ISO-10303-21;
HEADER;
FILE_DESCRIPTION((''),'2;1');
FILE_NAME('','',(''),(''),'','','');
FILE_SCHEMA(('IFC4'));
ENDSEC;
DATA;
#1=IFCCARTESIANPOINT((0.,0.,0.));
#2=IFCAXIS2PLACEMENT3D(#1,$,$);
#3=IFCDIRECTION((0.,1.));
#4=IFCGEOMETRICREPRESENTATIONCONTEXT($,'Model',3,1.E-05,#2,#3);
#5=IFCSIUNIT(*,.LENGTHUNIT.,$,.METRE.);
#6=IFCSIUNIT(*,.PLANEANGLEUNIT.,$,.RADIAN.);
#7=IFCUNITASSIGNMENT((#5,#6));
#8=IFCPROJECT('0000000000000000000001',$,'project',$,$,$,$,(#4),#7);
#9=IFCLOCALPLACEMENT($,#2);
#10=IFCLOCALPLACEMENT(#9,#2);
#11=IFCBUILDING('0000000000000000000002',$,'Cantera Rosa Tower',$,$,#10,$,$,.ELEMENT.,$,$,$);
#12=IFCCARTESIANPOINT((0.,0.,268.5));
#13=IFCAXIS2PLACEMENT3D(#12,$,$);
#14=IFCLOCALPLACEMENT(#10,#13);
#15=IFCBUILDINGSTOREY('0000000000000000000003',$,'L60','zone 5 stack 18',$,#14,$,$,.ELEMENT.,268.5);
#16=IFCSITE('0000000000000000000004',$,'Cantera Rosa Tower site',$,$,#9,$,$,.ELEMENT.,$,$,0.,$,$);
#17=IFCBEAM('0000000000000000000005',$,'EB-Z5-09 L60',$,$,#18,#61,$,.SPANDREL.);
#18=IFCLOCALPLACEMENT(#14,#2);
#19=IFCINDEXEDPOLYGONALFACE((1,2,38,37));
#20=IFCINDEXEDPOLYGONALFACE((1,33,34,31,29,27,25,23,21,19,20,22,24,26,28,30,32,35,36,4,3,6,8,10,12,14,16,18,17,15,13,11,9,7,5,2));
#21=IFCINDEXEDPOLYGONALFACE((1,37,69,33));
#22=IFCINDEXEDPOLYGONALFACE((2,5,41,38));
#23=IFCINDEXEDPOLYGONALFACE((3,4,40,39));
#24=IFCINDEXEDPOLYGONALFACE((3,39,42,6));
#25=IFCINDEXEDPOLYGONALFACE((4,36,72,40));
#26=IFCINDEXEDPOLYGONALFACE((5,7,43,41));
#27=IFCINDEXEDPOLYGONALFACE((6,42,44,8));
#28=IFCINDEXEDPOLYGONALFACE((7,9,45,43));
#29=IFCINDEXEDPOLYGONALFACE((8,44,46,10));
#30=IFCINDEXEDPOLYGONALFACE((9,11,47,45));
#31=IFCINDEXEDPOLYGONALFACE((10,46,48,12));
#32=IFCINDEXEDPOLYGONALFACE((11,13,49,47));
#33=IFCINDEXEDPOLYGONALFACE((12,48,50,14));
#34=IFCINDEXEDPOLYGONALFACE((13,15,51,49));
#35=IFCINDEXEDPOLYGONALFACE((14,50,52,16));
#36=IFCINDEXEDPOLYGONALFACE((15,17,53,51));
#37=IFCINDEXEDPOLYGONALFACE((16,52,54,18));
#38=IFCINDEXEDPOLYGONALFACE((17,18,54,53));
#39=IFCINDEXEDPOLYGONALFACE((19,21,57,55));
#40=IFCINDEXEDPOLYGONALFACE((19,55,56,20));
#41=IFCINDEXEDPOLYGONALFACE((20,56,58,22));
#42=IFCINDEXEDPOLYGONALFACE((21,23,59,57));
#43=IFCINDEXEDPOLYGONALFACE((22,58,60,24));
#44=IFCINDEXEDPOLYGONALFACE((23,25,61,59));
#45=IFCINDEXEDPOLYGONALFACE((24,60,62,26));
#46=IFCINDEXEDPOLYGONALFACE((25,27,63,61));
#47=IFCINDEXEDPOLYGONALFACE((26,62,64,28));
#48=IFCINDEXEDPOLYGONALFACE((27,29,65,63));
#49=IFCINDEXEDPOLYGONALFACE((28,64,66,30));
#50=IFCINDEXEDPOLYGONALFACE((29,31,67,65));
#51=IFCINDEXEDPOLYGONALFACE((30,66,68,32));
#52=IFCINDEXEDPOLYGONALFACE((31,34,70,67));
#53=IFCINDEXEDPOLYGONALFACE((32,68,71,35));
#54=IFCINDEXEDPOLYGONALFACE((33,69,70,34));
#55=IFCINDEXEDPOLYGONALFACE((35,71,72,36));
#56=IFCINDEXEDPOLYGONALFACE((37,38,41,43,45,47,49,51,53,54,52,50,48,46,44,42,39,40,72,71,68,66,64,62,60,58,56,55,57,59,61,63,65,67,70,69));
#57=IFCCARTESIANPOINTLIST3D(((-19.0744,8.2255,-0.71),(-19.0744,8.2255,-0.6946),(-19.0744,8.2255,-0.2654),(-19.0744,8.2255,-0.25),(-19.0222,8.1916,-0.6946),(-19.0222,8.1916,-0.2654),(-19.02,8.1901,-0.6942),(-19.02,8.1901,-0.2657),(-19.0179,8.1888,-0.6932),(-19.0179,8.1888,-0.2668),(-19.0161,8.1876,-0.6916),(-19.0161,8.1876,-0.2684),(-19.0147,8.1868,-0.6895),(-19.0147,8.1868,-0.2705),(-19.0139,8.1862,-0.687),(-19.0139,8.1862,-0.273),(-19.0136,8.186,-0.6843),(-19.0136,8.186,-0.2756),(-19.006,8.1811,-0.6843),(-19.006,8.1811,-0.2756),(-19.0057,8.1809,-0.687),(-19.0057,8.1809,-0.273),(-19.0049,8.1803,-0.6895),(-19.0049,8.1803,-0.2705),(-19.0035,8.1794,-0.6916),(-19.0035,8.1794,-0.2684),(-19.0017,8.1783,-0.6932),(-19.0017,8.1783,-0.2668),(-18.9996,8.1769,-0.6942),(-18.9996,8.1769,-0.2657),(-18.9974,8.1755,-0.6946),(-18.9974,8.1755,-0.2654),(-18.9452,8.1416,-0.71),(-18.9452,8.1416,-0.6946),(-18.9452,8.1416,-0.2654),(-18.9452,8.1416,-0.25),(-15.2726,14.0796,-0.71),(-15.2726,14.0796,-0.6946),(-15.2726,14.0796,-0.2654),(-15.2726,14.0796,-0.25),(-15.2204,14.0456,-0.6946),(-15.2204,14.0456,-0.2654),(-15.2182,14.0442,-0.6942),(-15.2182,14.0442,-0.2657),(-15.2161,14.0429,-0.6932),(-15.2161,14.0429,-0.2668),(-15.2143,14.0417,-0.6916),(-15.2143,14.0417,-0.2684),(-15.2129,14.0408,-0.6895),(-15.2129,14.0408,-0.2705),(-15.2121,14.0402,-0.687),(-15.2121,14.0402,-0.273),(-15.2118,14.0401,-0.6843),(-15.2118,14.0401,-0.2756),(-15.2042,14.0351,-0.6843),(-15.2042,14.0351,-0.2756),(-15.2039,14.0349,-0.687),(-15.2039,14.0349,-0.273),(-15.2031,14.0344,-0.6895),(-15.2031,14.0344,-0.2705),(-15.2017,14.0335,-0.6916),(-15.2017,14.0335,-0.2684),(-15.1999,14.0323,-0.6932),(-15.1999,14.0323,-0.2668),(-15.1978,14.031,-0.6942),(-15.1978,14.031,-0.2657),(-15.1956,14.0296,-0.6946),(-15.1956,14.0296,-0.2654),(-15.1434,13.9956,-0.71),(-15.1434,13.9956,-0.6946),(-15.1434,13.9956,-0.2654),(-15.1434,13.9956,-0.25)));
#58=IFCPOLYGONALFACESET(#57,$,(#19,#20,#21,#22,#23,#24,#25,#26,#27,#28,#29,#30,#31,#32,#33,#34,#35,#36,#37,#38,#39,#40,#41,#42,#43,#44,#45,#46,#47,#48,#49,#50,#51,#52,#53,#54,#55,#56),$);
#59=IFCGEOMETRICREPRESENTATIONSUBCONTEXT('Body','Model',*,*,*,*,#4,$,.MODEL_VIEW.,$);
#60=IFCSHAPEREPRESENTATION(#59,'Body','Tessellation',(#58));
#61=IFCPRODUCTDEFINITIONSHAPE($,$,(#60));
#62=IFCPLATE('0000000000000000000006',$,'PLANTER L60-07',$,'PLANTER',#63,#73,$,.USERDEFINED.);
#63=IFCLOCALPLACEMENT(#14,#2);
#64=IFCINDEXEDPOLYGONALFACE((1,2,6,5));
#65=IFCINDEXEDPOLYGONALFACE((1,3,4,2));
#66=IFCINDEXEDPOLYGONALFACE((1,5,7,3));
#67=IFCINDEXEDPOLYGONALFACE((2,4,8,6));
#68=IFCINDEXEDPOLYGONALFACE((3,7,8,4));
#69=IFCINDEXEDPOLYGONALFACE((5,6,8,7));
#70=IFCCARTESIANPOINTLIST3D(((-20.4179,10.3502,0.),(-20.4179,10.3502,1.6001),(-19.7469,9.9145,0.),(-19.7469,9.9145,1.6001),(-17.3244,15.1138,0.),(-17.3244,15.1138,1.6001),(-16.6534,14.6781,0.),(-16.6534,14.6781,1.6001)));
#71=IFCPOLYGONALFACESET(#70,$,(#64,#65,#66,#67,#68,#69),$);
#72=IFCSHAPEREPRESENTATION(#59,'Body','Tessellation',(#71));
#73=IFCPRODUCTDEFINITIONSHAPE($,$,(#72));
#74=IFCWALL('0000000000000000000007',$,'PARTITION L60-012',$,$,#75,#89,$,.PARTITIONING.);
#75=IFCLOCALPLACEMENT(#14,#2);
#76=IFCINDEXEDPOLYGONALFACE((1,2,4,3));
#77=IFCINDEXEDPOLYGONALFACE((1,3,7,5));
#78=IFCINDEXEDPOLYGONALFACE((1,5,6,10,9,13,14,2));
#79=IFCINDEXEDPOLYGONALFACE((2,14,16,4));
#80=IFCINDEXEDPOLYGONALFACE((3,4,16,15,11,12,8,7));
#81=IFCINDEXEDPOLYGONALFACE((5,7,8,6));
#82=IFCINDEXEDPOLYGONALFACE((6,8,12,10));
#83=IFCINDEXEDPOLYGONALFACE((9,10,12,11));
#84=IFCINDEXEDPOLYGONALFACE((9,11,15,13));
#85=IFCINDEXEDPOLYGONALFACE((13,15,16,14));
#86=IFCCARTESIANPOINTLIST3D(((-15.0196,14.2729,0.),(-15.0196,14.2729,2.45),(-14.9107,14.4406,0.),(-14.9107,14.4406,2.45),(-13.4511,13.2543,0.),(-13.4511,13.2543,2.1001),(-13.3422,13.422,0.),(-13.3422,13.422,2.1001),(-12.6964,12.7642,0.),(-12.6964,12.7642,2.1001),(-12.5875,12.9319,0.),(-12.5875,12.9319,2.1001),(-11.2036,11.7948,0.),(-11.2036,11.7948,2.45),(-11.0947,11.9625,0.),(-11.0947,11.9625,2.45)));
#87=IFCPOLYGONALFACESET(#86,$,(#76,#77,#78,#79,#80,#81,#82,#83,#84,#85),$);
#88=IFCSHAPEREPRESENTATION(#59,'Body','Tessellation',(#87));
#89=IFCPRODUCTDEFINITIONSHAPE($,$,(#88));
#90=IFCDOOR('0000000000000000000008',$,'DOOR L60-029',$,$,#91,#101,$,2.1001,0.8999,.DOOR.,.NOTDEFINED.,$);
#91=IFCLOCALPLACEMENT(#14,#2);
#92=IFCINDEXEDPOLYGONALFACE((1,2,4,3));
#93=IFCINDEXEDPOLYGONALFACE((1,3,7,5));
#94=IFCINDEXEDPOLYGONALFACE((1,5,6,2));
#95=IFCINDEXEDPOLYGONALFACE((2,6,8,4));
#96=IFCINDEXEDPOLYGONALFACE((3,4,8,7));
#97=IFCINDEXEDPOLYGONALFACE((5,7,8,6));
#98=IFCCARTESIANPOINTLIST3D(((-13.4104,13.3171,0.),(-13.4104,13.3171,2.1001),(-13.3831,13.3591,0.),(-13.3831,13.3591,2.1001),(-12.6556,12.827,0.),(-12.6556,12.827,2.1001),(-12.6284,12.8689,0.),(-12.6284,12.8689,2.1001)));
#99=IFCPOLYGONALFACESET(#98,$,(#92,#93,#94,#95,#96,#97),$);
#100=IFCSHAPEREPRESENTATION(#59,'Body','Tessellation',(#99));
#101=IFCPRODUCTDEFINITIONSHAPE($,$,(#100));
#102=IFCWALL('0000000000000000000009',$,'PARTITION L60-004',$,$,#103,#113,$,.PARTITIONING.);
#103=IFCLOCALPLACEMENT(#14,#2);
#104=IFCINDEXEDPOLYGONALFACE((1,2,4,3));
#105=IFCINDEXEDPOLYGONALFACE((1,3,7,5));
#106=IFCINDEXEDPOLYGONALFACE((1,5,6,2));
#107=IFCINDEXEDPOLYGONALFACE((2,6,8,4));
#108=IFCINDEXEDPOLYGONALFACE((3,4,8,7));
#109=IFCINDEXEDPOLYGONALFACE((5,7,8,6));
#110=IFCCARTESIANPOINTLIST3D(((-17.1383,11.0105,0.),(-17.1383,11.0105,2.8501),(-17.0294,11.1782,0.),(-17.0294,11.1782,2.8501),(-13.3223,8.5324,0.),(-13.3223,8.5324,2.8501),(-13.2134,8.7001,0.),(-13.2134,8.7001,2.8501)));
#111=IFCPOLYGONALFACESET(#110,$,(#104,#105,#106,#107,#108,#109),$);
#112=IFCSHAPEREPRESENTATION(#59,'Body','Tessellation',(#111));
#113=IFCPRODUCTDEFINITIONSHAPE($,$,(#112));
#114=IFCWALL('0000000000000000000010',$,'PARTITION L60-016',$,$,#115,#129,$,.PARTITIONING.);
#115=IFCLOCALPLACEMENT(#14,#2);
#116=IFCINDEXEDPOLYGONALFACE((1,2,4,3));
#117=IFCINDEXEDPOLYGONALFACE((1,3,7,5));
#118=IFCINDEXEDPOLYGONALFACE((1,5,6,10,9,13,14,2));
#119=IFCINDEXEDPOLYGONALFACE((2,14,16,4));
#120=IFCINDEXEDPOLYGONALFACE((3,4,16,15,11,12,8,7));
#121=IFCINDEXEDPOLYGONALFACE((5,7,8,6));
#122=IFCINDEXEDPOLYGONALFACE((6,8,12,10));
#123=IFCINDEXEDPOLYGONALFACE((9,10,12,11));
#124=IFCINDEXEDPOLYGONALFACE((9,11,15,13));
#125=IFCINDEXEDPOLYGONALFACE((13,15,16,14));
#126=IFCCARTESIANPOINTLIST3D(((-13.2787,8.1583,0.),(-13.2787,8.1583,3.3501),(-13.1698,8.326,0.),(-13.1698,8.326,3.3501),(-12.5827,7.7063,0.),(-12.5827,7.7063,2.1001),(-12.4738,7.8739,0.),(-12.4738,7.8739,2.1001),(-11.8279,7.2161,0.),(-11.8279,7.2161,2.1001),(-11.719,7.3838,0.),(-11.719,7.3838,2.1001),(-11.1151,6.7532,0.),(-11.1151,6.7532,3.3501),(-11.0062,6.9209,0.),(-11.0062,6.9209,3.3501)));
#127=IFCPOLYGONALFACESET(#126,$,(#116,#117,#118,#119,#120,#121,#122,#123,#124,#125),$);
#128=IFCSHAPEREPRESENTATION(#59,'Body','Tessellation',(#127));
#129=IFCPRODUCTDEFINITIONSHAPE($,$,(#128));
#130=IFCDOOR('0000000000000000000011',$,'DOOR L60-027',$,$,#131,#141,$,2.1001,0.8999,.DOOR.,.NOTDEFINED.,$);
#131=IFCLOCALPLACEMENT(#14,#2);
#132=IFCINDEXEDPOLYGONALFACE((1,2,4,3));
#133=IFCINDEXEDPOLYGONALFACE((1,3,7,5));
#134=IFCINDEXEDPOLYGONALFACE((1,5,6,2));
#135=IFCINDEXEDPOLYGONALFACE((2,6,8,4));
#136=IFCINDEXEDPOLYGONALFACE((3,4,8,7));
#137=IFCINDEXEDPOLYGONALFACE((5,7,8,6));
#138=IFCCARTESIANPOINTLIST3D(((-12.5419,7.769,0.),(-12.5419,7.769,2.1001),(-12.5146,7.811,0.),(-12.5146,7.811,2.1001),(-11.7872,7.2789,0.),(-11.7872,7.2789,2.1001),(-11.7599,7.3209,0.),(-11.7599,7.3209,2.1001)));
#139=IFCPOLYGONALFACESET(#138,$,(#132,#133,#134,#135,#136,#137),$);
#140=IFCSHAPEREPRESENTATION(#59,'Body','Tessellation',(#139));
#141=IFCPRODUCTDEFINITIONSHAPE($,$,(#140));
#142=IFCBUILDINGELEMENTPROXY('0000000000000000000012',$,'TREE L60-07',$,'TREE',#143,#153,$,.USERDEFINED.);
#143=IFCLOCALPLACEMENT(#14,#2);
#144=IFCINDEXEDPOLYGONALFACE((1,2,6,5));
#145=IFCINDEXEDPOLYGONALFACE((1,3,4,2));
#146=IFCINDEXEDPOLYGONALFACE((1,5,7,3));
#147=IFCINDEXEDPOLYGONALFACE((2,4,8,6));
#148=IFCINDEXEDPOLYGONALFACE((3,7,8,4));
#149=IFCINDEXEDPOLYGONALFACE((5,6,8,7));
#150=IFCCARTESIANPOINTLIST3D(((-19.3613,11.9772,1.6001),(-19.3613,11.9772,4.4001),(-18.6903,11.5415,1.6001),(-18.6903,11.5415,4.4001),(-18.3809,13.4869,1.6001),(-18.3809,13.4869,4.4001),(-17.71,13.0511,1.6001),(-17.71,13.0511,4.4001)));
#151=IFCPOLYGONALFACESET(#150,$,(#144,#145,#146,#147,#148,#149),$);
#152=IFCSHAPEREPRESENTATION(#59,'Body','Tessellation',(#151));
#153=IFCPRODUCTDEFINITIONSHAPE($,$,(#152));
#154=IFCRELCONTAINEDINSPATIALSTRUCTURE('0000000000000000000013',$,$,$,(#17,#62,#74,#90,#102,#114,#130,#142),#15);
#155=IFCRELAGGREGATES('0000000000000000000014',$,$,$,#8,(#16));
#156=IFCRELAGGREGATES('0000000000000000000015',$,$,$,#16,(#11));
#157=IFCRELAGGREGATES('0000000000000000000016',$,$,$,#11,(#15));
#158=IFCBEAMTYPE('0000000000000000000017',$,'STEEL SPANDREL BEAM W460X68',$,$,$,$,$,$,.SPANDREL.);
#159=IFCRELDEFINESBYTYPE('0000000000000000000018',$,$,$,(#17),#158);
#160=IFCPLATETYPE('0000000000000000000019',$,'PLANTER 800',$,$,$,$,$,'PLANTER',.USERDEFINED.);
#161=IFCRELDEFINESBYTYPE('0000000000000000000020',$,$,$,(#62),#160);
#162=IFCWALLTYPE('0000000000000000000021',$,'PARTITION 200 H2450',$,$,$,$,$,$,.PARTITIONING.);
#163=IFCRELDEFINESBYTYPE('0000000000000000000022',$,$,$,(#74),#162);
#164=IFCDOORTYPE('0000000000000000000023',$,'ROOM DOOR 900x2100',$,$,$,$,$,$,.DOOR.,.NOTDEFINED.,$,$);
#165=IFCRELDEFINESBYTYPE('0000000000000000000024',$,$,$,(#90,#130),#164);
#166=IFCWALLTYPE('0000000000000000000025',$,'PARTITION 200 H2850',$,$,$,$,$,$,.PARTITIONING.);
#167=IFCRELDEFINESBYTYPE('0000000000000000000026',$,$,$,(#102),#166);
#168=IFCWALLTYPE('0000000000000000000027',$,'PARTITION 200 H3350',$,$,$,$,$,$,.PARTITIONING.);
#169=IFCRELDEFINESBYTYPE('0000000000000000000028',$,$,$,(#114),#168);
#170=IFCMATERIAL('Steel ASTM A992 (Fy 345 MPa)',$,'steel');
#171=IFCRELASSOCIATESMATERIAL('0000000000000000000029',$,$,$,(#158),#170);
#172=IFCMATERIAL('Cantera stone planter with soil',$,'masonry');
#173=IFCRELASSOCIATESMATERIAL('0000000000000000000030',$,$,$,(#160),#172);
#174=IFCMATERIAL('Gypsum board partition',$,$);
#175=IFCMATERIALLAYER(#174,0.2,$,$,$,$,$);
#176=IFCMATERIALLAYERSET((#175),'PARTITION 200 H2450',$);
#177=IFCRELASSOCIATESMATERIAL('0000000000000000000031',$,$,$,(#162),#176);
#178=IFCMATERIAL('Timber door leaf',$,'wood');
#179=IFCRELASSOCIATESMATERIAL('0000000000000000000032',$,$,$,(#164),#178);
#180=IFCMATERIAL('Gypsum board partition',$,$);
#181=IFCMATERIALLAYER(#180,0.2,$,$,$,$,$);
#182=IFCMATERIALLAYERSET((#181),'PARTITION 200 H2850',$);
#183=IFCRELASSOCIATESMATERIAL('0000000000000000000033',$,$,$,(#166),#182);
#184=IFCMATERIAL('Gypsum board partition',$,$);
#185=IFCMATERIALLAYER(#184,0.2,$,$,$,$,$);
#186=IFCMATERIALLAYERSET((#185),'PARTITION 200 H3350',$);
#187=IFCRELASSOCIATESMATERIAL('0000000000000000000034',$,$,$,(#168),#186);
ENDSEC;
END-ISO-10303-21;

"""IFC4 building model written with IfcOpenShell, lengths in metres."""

from ifc_helpers import new_model, si_unit, direction, frame, frame_2d, origin, origin_2d, place, context, subcontext, project, spatial, rectangle, i_section, extrude, material, layer, layer_set, material_profile, profile_set, type_object, element, fill, save


model = new_model("IFC4")

# Units and contexts
model_context = context("Model", 3, precision=1e-05, world=origin(), true_north=direction((0.0, 1.0)))
body_context = subcontext(model_context, "Body", "Model", "MODEL_VIEW")
ifc_project = project(units=[si_unit("LENGTHUNIT", "METRE"), si_unit("PLANEANGLEUNIT", "RADIAN")], contexts=[model_context])

# Site, building, storey
site_placement = place(None, origin())
site = spatial("IfcSite", under=ifc_project, at=site_placement, Name="Cantera Rosa Tower site", CompositionType="ELEMENT", RefElevation=0.0)
building_placement = place(site_placement, origin())
building = spatial("IfcBuilding", under=site, at=building_placement, Name="Cantera Rosa Tower", CompositionType="ELEMENT")
storey_placement = place(building_placement, frame((0.0, 0.0, 268.5)))
storey = spatial("IfcBuildingStorey", under=building, at=storey_placement, Name="L60", Description="zone 5 stack 18", CompositionType="ELEMENT", Elevation=268.5)

# Beam
ifc_material_1 = material(Name="Steel ASTM A992 (Fy 345 MPa)", Category="steel")
ifc_material_profile_1 = material_profile(ifc_material_1, i_section(OverallWidth=0.1541, OverallDepth=0.46, WebThickness=0.009, FlangeThickness=0.0154, FilletRadius=0.0103, at=origin_2d()), Name="W460X68")
ifc_profile_set_1 = profile_set([ifc_material_profile_1], Name="Steel ASTM A992 (Fy 345 MPa)")
beam_type_1 = type_object("IfcBeamType", Name="STEEL SPANDREL BEAM W460X68", PredefinedType="SPANDREL", material=ifc_profile_set_1)
beam_1_placement = place(storey_placement, frame((-15.208, 14.0376, -0.48), z_axis=(-0.544651, -0.838663, 0.0), x_axis=(0.838663, -0.544651, 0.0)))
element("IfcBeam", 1, at=beam_1_placement, inside=storey, type_object=beam_type_1, Name="EB-Z5-09 L60", PredefinedType="SPANDREL", context=body_context, shape_type="SweptSolid", body=[
    extrude(i_section(OverallWidth=0.1541, OverallDepth=0.46, WebThickness=0.009, FlangeThickness=0.0154, FilletRadius=0.0103, at=origin_2d()), origin(), (0.0, 0.0, 1.0), 6.9802),
])

# Plate
ifc_material_2 = material(Name="Cantera stone planter with soil", Category="masonry")
plate_type = type_object("IfcPlateType", Name="PLANTER 800", ElementType="PLANTER", PredefinedType="USERDEFINED", material=ifc_material_2)
plate_placement = place(storey_placement, frame((-18.5356, 12.5142, 0.0), z_axis=(0.0, 0.0, 1.0), x_axis=(-0.544639, -0.838671, 0.0)))
element("IfcPlate", 2, at=plate_placement, inside=storey, type_object=plate_type, Name="PLANTER L60-07", ObjectType="PLANTER", PredefinedType="USERDEFINED", context=body_context, shape_type="SweptSolid", body=[
    extrude(rectangle(XDim=5.6799, YDim=0.8, at=origin_2d()), origin(), (0.0, 0.0, 1.0), 1.6001),
])

# Wall, opening, door
ifc_material_3 = material(Name="Gypsum board partition")
ifc_layer_1 = layer(ifc_material_3, 0.2)
ifc_layer_set_1 = layer_set([ifc_layer_1], Name="PARTITION 200 H2450")
wall_type_1 = type_object("IfcWallType", Name="PARTITION 200 H2450", PredefinedType="PARTITIONING", material=ifc_layer_set_1)
wall_1_placement = place(storey_placement, frame((-14.9651, 14.3567, 0.0), z_axis=(0.0, 0.0, 1.0), x_axis=(0.838676, -0.54463, 0.0)))
wall_1 = element("IfcWall", 3, at=wall_1_placement, inside=storey, type_object=wall_type_1, Name="PARTITION L60-012", PredefinedType="PARTITIONING", context=body_context, shape_type="SweptSolid", body=[
    extrude(rectangle(XDim=4.55, YDim=0.2, at=frame_2d((2.2749, 0.0))), origin(), (0.0, 0.0, 1.0), 2.45),
])
opening_1_placement = place(wall_1_placement, frame((1.8701, 0.0, 0.0)))
opening_1 = element("IfcOpeningElement", 4, at=opening_1_placement, cuts=wall_1, PredefinedType="OPENING", context=body_context, shape_type="SweptSolid", body=[
    extrude(rectangle(XDim=0.8999, YDim=2.1001, at=frame_2d((0.45, 1.05))), frame((0.0, 0.1099, 0.0), z_axis=(0.0, -1.0, 0.0), x_axis=(1.0, 0.0, 0.0)), (0.0, 0.0, 1.0), 0.22),
])
ifc_material_4 = material(Name="Timber door leaf", Category="wood")
door_type_1 = type_object("IfcDoorType", Name="ROOM DOOR 900x2100", OperationType="NOTDEFINED", PredefinedType="DOOR", material=ifc_material_4)
door_1_placement = place(opening_1_placement, origin())
door_1 = element("IfcDoor", 5, at=door_1_placement, inside=storey, type_object=door_type_1, Name="DOOR L60-029", OperationType="NOTDEFINED", OverallHeight=2.1001, OverallWidth=0.8999, PredefinedType="DOOR", context=body_context, shape_type="SweptSolid", body=[
    extrude(rectangle(XDim=0.8999, YDim=2.1001, at=frame_2d((0.45, 1.05))), frame((0.0, 0.0249, 0.0), z_axis=(0.0, -1.0, 0.0), x_axis=(1.0, 0.0, 0.0)), (0.0, 0.0, 1.0), 0.05),
])
fill(opening_1, door_1)

# Wall
ifc_material_5 = material(Name="Gypsum board partition")
ifc_layer_2 = layer(ifc_material_5, 0.2)
ifc_layer_set_2 = layer_set([ifc_layer_2], Name="PARTITION 200 H2850")
wall_type_2 = type_object("IfcWallType", Name="PARTITION 200 H2850", PredefinedType="PARTITIONING", material=ifc_layer_set_2)
wall_2_placement = place(storey_placement, frame((-17.0837, 11.0942, 0.0), z_axis=(0.0, 0.0, 1.0), x_axis=(0.838676, -0.54463, 0.0)))
element("IfcWall", 6, at=wall_2_placement, inside=storey, type_object=wall_type_2, Name="PARTITION L60-004", PredefinedType="PARTITIONING", context=body_context, shape_type="SweptSolid", body=[
    extrude(rectangle(XDim=4.55, YDim=0.2, at=frame_2d((2.2749, 0.0))), origin(), (0.0, 0.0, 1.0), 2.8501),
])

# Wall, opening, door
ifc_material_6 = material(Name="Gypsum board partition")
ifc_layer_3 = layer(ifc_material_6, 0.2)
ifc_layer_set_3 = layer_set([ifc_layer_3], Name="PARTITION 200 H3350")
wall_type_3 = type_object("IfcWallType", Name="PARTITION 200 H3350", PredefinedType="PARTITIONING", material=ifc_layer_set_3)
wall_3_placement = place(storey_placement, frame((-13.2244, 8.2422, 0.0), z_axis=(0.0, 0.0, 1.0), x_axis=(0.838673, -0.544636, 0.0)))
wall_3 = element("IfcWall", 7, at=wall_3_placement, inside=storey, type_object=wall_type_3, Name="PARTITION L60-016", PredefinedType="PARTITIONING", context=body_context, shape_type="SweptSolid", body=[
    extrude(rectangle(XDim=2.5798, YDim=0.2, at=frame_2d((1.29, 0.0))), origin(), (0.0, 0.0, 1.0), 3.3501),
])
opening_2_placement = place(wall_3_placement, frame((0.8301, 0.0, 0.0)))
opening_2 = element("IfcOpeningElement", 8, at=opening_2_placement, cuts=wall_3, PredefinedType="OPENING", context=body_context, shape_type="SweptSolid", body=[
    extrude(rectangle(XDim=0.8999, YDim=2.1001, at=frame_2d((0.45, 1.05))), frame((0.0, 0.1099, 0.0), z_axis=(0.0, -1.0, 0.0), x_axis=(1.0, 0.0, 0.0)), (0.0, 0.0, 1.0), 0.22),
])
door_2_placement = place(opening_2_placement, origin())
door_2 = element("IfcDoor", 9, at=door_2_placement, inside=storey, type_object=door_type_1, Name="DOOR L60-027", OperationType="NOTDEFINED", OverallHeight=2.1001, OverallWidth=0.8999, PredefinedType="DOOR", context=body_context, shape_type="SweptSolid", body=[
    extrude(rectangle(XDim=0.8999, YDim=2.1001, at=frame_2d((0.45, 1.05))), frame((0.0, 0.0249, 0.0), z_axis=(0.0, -1.0, 0.0), x_axis=(1.0, 0.0, 0.0)), (0.0, 0.0, 1.0), 0.05),
])
fill(opening_2, door_2)

# Building element proxy
proxy_placement = place(storey_placement, frame((-18.5356, 12.5142, 1.6001), z_axis=(0.0, 0.0, 1.0), x_axis=(-0.544639, -0.838671, 0.0)))
element("IfcBuildingElementProxy", 10, at=proxy_placement, inside=storey, Name="TREE L60-07", ObjectType="TREE", PredefinedType="USERDEFINED", context=body_context, shape_type="SweptSolid", body=[
    extrude(rectangle(XDim=1.8, YDim=0.8, at=origin_2d()), origin(), (0.0, 0.0, 1.0), 2.8),
])

save(model, "model.ifc")
